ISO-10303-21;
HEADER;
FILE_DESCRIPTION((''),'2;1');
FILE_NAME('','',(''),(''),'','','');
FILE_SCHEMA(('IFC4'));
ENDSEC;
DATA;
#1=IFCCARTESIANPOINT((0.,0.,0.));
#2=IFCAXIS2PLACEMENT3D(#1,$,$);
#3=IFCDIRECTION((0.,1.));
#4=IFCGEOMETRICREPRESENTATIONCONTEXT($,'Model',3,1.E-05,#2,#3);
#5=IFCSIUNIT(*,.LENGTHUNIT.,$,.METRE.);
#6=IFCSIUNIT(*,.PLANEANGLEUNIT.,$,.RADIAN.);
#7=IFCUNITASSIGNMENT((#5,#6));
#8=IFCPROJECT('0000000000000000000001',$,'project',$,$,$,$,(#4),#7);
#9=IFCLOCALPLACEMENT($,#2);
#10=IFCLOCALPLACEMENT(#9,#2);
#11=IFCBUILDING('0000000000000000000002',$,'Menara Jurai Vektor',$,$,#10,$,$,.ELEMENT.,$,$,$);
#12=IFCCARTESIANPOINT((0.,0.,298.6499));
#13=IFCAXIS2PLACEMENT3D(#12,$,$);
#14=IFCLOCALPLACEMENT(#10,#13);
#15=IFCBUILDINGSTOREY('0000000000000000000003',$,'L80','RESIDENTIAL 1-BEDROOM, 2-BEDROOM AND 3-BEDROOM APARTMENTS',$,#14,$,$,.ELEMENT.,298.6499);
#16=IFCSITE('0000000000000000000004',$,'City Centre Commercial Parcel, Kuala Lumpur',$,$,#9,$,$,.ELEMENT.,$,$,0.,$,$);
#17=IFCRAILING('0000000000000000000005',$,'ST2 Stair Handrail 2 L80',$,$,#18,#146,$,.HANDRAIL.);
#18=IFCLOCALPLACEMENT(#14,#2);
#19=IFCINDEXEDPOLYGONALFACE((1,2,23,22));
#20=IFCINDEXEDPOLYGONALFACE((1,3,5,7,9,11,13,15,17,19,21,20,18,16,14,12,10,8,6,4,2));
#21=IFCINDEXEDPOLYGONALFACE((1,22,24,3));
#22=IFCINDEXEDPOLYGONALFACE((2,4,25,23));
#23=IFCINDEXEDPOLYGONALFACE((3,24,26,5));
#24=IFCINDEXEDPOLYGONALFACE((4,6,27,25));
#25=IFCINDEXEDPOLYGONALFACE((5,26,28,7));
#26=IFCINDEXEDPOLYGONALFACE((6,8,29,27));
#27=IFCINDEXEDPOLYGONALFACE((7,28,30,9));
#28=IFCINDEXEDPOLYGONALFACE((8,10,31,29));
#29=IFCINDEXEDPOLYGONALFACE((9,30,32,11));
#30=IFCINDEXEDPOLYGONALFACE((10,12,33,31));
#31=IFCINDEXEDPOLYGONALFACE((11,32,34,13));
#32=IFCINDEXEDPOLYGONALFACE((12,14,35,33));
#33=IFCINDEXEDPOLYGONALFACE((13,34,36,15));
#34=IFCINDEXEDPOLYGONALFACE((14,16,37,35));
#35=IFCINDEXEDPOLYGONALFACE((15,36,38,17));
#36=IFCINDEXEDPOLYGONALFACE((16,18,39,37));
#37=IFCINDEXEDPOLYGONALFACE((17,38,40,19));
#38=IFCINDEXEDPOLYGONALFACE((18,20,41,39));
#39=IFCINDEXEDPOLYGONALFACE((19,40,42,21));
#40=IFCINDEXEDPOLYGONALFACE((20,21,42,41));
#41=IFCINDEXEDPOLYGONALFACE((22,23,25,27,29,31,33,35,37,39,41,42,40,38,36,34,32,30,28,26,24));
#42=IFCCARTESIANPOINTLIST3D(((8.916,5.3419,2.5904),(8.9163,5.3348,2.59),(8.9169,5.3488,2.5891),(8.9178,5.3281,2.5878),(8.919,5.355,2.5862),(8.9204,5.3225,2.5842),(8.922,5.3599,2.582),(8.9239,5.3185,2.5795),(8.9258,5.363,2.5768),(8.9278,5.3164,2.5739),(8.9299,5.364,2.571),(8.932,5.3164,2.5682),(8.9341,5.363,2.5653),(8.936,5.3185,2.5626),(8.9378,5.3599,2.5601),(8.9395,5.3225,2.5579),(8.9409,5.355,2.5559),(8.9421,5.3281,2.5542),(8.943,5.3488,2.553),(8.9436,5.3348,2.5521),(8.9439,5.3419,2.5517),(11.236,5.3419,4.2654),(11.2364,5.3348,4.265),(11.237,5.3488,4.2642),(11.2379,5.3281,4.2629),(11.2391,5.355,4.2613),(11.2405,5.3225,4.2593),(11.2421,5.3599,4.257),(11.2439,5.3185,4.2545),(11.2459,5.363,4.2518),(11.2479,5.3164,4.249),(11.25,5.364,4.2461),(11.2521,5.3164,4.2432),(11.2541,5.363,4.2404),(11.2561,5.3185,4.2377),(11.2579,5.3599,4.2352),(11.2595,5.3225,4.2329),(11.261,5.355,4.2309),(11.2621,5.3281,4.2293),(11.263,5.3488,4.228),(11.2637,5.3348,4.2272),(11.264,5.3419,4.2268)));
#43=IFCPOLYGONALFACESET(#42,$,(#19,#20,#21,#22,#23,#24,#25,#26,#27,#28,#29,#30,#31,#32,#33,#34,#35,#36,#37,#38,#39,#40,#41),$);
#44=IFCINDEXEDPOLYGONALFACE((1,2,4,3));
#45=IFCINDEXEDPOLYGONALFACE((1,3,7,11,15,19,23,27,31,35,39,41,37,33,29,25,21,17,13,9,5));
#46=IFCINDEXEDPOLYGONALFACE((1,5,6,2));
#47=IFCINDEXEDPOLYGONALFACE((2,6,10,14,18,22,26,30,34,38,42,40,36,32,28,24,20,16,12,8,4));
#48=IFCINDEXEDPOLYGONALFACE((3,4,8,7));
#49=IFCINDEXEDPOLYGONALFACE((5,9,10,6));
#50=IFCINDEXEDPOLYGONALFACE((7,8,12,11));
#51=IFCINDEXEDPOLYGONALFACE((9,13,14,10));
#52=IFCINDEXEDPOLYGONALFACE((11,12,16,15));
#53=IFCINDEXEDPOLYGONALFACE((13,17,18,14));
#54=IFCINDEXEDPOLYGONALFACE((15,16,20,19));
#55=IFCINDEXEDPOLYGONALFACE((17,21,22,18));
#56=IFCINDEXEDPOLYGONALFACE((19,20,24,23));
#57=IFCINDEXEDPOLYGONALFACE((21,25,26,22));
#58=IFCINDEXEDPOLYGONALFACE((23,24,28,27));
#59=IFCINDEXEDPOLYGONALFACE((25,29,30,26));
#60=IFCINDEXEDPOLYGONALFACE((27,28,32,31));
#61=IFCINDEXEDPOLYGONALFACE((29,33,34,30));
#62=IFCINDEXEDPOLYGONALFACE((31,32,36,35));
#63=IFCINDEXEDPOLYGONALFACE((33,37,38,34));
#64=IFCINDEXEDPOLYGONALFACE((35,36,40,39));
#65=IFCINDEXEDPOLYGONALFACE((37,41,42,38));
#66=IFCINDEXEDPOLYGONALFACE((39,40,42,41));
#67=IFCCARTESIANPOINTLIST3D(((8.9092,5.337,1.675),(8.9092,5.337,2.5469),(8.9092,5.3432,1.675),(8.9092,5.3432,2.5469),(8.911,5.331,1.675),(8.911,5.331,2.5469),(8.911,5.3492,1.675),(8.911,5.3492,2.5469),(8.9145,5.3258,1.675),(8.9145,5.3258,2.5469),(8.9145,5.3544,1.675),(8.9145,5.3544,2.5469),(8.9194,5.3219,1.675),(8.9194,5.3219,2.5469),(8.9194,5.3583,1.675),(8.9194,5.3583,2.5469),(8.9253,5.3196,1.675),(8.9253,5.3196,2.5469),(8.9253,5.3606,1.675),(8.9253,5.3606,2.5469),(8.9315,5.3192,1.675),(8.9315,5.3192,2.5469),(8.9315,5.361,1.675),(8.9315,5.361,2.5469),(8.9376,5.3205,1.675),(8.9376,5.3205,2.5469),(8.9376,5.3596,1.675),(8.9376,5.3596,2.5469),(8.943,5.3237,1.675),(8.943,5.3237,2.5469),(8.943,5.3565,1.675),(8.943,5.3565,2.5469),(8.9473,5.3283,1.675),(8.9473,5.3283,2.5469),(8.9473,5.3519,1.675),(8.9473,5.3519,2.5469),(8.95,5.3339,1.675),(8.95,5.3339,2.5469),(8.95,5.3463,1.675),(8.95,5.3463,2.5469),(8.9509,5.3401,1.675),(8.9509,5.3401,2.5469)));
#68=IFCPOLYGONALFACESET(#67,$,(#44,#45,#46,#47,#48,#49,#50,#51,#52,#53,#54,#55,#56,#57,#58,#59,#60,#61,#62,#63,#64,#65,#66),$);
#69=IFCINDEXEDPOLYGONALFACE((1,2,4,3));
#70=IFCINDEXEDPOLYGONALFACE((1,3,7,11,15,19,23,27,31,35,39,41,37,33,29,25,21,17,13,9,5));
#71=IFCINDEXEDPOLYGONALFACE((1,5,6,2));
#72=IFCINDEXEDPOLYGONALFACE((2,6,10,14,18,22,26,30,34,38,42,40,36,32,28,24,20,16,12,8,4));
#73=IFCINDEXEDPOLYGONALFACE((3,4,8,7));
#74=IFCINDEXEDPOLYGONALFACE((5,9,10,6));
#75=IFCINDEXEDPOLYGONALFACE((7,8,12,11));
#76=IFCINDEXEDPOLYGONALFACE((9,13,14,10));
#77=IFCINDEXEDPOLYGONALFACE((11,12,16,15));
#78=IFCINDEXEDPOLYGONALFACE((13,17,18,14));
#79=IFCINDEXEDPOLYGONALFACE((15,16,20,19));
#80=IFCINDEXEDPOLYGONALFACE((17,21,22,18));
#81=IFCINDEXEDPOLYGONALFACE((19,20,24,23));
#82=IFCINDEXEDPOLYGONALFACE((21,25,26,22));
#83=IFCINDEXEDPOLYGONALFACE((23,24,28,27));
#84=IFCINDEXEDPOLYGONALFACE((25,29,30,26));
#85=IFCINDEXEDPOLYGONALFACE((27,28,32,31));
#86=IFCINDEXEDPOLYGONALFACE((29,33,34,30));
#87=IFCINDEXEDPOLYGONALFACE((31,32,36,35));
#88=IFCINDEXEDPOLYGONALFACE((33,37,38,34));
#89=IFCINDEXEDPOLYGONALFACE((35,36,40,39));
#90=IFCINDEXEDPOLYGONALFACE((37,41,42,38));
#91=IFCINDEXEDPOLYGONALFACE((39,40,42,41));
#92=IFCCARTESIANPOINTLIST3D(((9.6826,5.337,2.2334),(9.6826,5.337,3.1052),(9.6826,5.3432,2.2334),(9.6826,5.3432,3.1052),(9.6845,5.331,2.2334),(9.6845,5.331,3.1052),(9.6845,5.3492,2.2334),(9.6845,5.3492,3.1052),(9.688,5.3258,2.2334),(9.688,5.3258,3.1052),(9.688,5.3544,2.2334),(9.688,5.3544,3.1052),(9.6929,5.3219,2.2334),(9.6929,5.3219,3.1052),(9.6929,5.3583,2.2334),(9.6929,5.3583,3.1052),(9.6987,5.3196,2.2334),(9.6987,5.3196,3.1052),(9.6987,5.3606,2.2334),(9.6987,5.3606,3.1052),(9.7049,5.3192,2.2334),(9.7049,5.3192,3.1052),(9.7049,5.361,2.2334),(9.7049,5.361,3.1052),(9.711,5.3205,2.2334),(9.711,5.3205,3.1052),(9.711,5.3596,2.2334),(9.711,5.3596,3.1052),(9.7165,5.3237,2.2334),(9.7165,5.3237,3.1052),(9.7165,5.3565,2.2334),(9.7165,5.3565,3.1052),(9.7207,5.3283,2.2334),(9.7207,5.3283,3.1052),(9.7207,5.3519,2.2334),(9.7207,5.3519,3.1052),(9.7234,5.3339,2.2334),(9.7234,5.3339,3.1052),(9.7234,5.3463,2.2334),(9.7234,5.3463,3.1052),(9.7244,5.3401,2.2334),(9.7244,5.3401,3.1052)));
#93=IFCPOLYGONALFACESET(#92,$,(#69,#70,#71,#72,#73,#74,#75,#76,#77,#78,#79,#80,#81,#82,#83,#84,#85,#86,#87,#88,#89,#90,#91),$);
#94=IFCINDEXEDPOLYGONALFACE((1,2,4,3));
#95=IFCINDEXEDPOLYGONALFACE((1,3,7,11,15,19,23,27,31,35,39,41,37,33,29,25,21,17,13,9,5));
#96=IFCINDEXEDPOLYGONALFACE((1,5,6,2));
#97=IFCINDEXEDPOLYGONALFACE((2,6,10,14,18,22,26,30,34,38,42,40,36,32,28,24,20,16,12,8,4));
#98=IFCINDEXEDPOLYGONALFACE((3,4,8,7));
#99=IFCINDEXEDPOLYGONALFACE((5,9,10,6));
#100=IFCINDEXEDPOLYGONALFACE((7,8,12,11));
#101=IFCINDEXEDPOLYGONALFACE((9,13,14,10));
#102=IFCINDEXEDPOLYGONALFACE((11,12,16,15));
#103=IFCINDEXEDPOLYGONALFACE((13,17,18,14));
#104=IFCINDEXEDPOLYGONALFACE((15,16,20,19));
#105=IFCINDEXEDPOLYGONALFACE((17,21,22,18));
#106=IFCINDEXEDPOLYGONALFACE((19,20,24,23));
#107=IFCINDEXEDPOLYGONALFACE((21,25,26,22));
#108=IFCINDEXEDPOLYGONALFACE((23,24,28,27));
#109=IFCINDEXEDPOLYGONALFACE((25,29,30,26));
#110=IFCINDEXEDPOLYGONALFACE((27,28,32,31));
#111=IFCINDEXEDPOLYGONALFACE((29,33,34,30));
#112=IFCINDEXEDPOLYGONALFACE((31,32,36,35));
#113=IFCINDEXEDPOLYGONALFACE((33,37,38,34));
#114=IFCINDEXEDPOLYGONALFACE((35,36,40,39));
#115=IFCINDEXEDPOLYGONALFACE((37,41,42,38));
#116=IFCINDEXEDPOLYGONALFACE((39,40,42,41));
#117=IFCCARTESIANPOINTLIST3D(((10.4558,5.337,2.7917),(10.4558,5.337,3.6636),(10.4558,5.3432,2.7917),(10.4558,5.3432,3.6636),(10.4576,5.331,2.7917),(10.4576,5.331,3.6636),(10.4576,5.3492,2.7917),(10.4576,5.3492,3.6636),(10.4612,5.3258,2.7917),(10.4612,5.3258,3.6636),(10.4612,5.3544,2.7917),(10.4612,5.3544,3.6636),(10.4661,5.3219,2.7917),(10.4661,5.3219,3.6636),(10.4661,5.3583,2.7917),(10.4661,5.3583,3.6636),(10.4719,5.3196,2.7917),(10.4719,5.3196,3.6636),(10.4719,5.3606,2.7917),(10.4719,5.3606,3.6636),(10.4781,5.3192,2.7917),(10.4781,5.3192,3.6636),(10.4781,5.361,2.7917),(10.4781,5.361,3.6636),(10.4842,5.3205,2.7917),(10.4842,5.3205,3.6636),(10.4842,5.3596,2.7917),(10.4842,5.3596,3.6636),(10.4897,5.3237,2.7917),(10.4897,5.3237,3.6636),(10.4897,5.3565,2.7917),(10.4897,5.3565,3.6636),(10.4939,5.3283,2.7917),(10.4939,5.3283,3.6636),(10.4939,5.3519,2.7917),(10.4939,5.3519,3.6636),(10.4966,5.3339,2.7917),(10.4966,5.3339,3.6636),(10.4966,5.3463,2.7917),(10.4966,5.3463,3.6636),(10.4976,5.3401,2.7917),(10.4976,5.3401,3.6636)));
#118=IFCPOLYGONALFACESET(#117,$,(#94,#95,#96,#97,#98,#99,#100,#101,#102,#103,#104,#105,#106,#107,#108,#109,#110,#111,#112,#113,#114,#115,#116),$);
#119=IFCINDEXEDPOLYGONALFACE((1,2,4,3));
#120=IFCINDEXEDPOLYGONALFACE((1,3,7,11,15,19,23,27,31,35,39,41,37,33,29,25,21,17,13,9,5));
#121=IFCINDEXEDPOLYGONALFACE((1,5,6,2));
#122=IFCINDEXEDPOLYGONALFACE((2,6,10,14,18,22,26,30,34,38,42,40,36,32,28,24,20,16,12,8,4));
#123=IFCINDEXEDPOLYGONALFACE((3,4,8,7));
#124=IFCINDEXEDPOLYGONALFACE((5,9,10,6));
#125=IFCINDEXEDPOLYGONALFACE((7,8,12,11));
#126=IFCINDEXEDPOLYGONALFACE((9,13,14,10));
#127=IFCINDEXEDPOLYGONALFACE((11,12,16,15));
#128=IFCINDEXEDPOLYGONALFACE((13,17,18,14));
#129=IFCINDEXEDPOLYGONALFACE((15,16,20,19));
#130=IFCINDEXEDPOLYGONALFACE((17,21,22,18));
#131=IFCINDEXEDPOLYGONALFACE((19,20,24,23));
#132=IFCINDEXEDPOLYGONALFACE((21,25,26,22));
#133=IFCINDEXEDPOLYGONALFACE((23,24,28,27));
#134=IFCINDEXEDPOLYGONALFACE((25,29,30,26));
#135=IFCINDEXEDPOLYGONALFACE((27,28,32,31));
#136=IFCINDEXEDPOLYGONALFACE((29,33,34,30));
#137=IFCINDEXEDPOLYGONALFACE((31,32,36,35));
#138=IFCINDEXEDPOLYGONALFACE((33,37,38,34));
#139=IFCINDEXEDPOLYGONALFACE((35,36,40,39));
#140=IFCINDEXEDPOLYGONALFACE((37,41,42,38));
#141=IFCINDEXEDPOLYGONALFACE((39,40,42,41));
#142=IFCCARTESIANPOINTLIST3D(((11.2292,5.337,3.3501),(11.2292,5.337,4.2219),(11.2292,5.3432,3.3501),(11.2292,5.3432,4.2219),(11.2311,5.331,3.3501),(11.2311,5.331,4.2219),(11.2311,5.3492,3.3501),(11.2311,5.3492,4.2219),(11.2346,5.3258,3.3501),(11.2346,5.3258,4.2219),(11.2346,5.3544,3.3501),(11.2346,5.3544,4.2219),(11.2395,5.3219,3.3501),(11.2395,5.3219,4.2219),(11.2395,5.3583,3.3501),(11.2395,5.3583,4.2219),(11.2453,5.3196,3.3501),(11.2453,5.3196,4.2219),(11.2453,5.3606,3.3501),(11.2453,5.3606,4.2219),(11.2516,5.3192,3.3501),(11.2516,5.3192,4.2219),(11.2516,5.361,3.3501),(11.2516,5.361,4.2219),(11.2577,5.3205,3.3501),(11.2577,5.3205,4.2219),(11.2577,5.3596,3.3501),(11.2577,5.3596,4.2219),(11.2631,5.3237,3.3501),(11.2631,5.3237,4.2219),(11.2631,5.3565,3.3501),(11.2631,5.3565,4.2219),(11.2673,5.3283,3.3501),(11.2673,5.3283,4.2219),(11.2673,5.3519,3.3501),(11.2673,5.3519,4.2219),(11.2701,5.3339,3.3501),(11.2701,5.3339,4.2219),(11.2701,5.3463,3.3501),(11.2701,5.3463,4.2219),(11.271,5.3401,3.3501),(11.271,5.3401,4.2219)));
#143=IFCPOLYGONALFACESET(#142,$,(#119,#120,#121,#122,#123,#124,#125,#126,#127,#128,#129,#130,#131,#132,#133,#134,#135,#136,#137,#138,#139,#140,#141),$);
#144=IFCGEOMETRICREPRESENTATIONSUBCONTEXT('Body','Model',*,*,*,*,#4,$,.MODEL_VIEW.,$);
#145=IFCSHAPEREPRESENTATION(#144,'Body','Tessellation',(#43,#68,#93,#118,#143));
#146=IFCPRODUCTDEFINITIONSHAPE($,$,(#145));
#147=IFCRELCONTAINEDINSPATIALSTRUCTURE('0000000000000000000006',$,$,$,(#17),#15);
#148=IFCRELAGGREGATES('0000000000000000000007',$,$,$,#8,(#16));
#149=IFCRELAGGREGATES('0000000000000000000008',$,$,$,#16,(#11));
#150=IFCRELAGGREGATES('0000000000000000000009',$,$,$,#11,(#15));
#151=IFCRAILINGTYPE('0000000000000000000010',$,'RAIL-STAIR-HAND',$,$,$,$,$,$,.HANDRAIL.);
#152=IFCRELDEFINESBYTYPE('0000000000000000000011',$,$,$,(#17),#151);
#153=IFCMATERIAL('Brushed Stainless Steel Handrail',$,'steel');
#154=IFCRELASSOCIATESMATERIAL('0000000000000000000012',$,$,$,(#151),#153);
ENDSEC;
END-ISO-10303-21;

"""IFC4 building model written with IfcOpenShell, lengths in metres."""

from ifc_helpers import new_model, si_unit, direction, frame, origin, origin_2d, place, context, subcontext, project, spatial, circle, extrude, material, type_object, element, save


model = new_model("IFC4")

# Units and contexts
model_context = context("Model", 3, precision=1e-05, world=origin(), true_north=direction((0.0, 1.0)))
body_context = subcontext(model_context, "Body", "Model", "MODEL_VIEW")
ifc_project = project(units=[si_unit("LENGTHUNIT", "METRE"), si_unit("PLANEANGLEUNIT", "RADIAN")], contexts=[model_context])

# Site, building, storey
site_placement = place(None, origin())
site = spatial("IfcSite", under=ifc_project, at=site_placement, Name="City Centre Commercial Parcel, Kuala Lumpur", CompositionType="ELEMENT", RefElevation=0.0)
building_placement = place(site_placement, origin())
building = spatial("IfcBuilding", under=site, at=building_placement, Name="Menara Jurai Vektor", CompositionType="ELEMENT")
storey_placement = place(building_placement, frame((0.0, 0.0, 298.6499)))
storey = spatial("IfcBuildingStorey", under=building, at=storey_placement, Name="L80", Description="RESIDENTIAL 1-BEDROOM, 2-BEDROOM AND 3-BEDROOM APARTMENTS", CompositionType="ELEMENT", Elevation=298.6499)

# Railing
ifc_material_1 = material(Name="Brushed Stainless Steel Handrail", Category="steel")
railing_type_1 = type_object("IfcRailingType", Name="RAIL-STAIR-HAND", PredefinedType="HANDRAIL", material=ifc_material_1)
railing_1_placement = place(storey_placement, frame((8.9299, 5.3401, 1.675)))
element("IfcRailing", 1, at=railing_1_placement, inside=storey, type_object=railing_type_1, Name="ST2 Stair Handrail 2 L80", PredefinedType="HANDRAIL", context=body_context, shape_type="SweptSolid", body=[
    extrude(circle(Radius=0.0239, at=origin_2d()), frame((0.0, 0.0, 0.896), z_axis=(0.810771, 0.0, 0.585363), x_axis=(0.0, 1.0, 0.0)), (0.0, 0.0, 1.0), 2.8616),
    extrude(circle(Radius=0.021, at=origin_2d()), origin(), (0.0, 0.0, 1.0), 0.8718),
    extrude(circle(Radius=0.021, at=origin_2d()), frame((0.7734, 0.0, 0.5583)), (0.0, 0.0, 1.0), 0.8718),
    extrude(circle(Radius=0.021, at=origin_2d()), frame((1.5466, 0.0, 1.1167)), (0.0, 0.0, 1.0), 0.8718),
    extrude(circle(Radius=0.021, at=origin_2d()), frame((2.3201, 0.0, 1.675)), (0.0, 0.0, 1.0), 0.8718),
])

save(model, "model.ifc")
